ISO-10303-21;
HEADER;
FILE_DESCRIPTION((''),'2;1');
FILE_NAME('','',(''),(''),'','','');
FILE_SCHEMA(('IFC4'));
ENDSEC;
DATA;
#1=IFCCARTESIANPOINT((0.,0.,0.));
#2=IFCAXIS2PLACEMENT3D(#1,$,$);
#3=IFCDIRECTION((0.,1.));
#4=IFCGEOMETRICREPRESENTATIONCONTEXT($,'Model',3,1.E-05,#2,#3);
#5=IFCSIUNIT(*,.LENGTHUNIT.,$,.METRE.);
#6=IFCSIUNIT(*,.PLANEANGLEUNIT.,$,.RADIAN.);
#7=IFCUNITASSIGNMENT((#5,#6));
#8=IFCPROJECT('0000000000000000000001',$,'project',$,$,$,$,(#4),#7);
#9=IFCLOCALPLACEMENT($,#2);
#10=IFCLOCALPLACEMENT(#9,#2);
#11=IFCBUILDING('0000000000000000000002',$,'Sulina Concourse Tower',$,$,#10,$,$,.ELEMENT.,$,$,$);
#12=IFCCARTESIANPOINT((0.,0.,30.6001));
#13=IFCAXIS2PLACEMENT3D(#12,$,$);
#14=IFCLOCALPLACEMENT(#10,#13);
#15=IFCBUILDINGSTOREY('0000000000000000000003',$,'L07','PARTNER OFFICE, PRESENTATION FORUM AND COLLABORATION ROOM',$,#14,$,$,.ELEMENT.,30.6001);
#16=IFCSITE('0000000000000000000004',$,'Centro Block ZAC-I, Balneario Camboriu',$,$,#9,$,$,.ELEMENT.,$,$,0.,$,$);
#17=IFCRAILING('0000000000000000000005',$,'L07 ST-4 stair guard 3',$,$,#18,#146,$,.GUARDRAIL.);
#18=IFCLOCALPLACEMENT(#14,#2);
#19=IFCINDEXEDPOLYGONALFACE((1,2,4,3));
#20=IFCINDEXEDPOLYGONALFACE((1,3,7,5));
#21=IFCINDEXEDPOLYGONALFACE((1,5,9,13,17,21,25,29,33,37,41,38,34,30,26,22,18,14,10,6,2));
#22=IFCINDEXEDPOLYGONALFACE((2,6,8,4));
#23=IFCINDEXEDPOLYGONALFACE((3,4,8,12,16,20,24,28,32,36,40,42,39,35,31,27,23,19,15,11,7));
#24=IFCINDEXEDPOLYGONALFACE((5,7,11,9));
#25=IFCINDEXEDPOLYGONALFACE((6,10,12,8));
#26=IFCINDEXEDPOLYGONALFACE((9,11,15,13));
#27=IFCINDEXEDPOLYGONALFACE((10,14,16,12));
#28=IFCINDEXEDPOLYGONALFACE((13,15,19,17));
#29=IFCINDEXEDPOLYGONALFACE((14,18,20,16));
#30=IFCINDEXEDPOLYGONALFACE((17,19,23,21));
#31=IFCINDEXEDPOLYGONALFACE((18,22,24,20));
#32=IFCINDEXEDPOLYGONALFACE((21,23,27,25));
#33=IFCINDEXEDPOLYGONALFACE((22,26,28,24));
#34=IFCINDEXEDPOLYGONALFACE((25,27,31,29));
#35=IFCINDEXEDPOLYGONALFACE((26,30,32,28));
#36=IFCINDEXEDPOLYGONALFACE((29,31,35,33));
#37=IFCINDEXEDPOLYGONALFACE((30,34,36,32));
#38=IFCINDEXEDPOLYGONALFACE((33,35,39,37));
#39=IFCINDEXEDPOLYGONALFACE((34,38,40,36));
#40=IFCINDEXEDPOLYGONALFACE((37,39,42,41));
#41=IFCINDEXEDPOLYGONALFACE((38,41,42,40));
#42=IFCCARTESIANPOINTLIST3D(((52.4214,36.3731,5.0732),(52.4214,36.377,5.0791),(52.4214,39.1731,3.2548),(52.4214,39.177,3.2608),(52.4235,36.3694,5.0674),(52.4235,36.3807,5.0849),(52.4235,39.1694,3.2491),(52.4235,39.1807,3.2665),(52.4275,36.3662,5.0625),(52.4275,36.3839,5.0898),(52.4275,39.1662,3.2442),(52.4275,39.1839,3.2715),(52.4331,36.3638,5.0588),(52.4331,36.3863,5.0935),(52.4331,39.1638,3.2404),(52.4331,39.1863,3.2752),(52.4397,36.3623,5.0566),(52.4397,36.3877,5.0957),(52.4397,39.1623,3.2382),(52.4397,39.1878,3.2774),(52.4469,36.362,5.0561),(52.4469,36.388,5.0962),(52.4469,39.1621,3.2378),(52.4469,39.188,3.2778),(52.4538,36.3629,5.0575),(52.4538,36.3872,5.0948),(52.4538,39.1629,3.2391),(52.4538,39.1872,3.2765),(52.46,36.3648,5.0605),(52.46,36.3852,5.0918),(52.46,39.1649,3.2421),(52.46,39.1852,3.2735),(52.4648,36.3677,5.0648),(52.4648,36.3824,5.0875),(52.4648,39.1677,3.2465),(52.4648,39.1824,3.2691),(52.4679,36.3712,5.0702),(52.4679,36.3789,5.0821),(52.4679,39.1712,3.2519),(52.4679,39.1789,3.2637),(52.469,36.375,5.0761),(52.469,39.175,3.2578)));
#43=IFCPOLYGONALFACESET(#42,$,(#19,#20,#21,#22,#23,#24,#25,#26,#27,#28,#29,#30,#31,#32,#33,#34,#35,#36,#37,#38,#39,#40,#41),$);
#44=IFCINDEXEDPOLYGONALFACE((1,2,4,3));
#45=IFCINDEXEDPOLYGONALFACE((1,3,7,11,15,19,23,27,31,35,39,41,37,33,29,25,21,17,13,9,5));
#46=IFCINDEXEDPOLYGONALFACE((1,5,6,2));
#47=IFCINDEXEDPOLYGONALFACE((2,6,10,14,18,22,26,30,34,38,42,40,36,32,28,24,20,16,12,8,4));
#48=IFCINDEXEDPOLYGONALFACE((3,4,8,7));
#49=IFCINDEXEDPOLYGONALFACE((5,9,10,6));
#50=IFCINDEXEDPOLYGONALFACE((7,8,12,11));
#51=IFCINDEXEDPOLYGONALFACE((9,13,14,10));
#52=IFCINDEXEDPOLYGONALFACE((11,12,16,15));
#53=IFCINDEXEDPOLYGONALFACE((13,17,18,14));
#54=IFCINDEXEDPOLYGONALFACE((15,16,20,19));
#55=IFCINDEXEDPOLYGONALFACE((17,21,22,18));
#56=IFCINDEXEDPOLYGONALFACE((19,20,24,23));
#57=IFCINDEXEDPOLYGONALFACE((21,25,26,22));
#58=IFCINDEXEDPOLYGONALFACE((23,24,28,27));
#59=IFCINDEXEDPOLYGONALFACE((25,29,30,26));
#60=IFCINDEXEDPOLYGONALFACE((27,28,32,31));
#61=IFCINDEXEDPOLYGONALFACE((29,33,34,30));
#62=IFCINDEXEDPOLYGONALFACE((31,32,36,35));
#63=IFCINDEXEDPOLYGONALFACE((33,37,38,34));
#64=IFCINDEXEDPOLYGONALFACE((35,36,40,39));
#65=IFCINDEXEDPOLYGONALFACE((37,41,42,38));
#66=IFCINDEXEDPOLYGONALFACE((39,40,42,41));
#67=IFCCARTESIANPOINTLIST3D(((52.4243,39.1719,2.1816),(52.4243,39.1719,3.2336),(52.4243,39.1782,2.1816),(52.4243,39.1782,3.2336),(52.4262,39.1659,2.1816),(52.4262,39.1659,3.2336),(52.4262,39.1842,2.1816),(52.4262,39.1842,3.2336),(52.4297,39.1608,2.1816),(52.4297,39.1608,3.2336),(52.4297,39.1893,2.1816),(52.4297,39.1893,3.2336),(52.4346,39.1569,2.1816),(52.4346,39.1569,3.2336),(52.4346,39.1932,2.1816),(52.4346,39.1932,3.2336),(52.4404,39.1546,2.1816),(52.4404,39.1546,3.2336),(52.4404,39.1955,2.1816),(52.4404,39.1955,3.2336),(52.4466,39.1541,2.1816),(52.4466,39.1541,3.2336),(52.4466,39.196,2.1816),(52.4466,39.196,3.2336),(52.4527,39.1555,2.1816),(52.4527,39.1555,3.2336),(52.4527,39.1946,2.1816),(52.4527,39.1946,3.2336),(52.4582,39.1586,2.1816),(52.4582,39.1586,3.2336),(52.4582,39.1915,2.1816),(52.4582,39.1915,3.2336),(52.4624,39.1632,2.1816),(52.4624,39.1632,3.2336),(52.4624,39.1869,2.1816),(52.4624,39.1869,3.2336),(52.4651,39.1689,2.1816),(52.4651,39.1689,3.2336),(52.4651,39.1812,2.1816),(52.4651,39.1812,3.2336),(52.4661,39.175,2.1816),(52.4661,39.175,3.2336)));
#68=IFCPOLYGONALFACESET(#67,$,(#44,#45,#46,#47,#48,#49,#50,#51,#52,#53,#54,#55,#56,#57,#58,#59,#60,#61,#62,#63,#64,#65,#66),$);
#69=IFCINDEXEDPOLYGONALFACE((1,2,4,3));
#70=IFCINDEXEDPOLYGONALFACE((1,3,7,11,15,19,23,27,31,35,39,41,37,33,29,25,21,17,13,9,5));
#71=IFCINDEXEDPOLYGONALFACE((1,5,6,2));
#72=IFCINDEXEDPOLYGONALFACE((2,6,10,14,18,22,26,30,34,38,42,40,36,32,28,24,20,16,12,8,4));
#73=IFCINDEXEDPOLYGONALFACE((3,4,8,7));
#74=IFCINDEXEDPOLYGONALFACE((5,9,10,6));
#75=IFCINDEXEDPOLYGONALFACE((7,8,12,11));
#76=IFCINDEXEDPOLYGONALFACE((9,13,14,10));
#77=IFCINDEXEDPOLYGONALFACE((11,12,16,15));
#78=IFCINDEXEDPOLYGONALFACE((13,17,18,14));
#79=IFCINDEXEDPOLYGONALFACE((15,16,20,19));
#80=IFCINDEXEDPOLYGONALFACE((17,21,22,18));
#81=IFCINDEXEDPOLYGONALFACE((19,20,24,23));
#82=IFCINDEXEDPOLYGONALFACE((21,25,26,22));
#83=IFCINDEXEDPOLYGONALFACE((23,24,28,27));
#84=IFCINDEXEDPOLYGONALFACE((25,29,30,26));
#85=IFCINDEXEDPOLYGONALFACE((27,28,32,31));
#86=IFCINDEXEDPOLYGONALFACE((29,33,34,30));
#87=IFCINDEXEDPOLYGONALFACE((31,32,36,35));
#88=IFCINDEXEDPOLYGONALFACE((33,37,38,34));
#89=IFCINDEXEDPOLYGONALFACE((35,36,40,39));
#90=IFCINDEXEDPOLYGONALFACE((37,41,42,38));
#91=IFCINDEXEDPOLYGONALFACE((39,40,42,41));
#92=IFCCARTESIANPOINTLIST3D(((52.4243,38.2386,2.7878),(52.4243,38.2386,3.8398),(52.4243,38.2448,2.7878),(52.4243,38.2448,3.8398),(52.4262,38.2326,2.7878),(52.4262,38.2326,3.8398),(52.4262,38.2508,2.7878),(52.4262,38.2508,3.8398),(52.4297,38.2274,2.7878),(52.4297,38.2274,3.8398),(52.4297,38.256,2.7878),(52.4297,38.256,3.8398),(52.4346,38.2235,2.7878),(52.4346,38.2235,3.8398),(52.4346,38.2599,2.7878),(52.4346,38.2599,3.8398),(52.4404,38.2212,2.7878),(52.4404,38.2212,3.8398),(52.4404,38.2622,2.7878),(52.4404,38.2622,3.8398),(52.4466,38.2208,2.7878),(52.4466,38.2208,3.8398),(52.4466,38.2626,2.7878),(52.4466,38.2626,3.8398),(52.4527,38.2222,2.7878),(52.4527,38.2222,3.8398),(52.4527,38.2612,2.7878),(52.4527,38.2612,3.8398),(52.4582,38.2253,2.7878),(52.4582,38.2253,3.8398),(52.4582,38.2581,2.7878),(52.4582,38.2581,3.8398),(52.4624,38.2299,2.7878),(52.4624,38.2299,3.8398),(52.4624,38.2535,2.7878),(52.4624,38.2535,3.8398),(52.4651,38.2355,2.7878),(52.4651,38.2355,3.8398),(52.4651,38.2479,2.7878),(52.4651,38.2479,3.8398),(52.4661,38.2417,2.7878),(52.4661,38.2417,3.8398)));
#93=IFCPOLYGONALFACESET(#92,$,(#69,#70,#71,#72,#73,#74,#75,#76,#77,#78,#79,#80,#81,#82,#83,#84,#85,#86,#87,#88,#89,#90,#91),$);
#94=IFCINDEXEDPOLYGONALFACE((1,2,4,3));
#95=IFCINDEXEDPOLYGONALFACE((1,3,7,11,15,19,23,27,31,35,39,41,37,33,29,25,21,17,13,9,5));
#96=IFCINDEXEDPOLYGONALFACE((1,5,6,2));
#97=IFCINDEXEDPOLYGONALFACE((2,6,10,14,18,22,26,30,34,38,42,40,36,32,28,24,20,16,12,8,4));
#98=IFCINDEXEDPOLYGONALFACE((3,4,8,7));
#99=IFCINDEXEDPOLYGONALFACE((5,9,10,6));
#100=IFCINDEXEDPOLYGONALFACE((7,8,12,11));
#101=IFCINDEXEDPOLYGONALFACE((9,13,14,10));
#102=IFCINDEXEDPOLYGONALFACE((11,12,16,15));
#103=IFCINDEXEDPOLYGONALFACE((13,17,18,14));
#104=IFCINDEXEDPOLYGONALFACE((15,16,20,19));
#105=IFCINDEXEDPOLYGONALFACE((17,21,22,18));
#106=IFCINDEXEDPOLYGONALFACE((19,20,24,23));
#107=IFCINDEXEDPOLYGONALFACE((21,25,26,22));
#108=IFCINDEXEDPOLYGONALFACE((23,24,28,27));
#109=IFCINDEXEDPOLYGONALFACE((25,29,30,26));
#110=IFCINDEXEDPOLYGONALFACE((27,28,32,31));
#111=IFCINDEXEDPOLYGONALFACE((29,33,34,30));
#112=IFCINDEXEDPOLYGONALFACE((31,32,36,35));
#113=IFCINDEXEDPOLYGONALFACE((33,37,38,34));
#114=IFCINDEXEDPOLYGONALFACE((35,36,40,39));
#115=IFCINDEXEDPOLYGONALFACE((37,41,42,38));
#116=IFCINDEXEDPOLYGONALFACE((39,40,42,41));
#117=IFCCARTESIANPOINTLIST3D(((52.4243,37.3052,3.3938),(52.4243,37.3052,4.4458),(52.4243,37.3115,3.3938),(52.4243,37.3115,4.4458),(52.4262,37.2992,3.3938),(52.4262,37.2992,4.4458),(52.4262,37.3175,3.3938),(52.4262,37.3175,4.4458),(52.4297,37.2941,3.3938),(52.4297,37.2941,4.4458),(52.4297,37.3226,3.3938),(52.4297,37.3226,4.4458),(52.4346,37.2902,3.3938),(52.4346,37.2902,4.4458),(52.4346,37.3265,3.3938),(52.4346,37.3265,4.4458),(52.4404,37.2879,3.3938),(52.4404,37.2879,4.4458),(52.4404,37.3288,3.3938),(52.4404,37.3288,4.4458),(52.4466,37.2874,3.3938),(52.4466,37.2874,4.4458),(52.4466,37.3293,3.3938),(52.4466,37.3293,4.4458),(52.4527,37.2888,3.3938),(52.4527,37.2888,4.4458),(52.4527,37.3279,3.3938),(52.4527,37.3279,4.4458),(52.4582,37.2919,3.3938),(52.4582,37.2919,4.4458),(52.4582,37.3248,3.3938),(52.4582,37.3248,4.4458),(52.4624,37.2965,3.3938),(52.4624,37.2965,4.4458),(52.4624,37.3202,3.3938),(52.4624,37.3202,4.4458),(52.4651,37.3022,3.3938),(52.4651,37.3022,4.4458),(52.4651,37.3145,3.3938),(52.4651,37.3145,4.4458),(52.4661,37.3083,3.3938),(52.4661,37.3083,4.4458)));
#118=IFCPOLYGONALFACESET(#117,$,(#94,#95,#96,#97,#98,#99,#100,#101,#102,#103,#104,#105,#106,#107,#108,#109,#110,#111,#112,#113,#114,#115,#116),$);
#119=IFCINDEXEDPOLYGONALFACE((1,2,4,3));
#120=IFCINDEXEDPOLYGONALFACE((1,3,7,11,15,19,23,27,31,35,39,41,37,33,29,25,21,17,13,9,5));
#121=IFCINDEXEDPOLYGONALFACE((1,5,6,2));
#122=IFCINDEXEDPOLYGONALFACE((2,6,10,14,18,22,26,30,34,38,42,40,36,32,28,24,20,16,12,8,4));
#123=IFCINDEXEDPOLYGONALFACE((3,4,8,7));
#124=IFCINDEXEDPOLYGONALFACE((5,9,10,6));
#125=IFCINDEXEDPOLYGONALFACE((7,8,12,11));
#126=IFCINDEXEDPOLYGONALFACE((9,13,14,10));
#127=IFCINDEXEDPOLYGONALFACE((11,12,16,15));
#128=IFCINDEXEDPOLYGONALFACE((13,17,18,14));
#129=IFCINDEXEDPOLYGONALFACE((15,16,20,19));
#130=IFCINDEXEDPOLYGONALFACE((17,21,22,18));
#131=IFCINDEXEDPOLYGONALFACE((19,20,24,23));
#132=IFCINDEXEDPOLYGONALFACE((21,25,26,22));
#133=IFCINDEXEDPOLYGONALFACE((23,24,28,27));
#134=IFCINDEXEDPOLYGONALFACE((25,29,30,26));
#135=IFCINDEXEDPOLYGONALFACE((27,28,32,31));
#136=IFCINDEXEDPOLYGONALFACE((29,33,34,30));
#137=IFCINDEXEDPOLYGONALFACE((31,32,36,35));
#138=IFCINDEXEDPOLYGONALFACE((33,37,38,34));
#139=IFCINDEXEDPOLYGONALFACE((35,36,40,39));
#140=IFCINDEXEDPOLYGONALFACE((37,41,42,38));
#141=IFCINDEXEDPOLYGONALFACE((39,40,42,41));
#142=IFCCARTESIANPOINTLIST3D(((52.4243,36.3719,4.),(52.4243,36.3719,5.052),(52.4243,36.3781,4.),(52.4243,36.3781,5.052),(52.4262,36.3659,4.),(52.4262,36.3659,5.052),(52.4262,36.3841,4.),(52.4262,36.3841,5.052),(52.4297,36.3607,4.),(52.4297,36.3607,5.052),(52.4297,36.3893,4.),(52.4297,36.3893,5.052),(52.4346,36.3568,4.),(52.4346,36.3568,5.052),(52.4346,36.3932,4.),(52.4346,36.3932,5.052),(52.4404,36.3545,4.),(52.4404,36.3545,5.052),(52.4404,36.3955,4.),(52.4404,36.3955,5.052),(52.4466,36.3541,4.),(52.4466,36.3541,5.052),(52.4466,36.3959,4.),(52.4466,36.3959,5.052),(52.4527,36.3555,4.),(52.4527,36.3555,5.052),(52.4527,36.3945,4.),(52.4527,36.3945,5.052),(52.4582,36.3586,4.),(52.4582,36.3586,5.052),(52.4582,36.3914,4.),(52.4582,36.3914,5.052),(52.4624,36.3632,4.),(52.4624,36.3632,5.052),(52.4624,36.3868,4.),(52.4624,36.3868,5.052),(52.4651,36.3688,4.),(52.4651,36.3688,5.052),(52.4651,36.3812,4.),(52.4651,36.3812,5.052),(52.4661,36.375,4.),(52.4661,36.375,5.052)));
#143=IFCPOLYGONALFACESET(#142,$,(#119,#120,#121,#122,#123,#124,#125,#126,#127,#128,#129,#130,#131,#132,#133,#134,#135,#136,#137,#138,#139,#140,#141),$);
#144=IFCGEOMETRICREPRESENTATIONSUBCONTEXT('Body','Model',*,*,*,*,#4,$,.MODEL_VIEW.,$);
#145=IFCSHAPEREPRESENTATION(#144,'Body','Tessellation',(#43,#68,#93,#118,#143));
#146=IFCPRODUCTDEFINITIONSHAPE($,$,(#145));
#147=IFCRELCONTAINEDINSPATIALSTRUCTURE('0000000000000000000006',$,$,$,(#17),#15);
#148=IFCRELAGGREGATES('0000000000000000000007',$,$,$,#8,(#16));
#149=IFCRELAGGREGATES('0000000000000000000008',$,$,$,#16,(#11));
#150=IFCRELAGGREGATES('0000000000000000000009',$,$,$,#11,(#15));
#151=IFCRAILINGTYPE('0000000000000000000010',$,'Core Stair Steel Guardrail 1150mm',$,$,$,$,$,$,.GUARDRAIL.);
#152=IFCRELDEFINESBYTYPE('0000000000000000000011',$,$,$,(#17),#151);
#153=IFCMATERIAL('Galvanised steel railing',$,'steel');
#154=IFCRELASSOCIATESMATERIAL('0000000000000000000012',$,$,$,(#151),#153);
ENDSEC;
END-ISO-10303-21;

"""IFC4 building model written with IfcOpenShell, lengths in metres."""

from ifc_helpers import new_model, si_unit, direction, frame, origin, origin_2d, place, context, subcontext, project, spatial, circle, extrude, material, type_object, element, save


model = new_model("IFC4")

# Units and contexts
model_context = context("Model", 3, precision=1e-05, world=origin(), true_north=direction((0.0, 1.0)))
body_context = subcontext(model_context, "Body", "Model", "MODEL_VIEW")
ifc_project = project(units=[si_unit("LENGTHUNIT", "METRE"), si_unit("PLANEANGLEUNIT", "RADIAN")], contexts=[model_context])

# Site, building, storey
site_placement = place(None, origin())
site = spatial("IfcSite", under=ifc_project, at=site_placement, Name="Centro Block ZAC-I, Balneario Camboriu", CompositionType="ELEMENT", RefElevation=0.0)
building_placement = place(site_placement, origin())
building = spatial("IfcBuilding", under=site, at=building_placement, Name="Sulina Concourse Tower", CompositionType="ELEMENT")
storey_placement = place(building_placement, frame((0.0, 0.0, 30.6001)))
storey = spatial("IfcBuildingStorey", under=building, at=storey_placement, Name="L07", Description="PARTNER OFFICE, PRESENTATION FORUM AND COLLABORATION ROOM", CompositionType="ELEMENT", Elevation=30.6001)

# Railing
ifc_material_1 = material(Name="Galvanised steel railing", Category="steel")
railing_type_1 = type_object("IfcRailingType", Name="Core Stair Steel Guardrail 1150mm", PredefinedType="GUARDRAIL", material=ifc_material_1)
railing_1_placement = place(storey_placement, frame((52.4451, 39.175, 2.1816)))
element("IfcRailing", 1, at=railing_1_placement, inside=storey, type_object=railing_type_1, Name="L07 ST-4 stair guard 3", PredefinedType="GUARDRAIL", context=body_context, shape_type="SweptSolid", body=[
    extrude(circle(Radius=0.0239, at=origin_2d()), frame((0.0, 0.0, 1.0762), z_axis=(0.0, -0.838672, 0.544636), x_axis=(1.0, 0.0, 0.0)), (0.0, 0.0, 1.0), 3.3386),
    extrude(circle(Radius=0.021, at=origin_2d()), origin(), (0.0, 0.0, 1.0), 1.052),
    extrude(circle(Radius=0.021, at=origin_2d()), frame((0.0, -0.9333, 0.6062)), (0.0, 0.0, 1.0), 1.052),
    extrude(circle(Radius=0.021, at=origin_2d()), frame((0.0, -1.8667, 1.2122)), (0.0, 0.0, 1.0), 1.052),
    extrude(circle(Radius=0.021, at=origin_2d()), frame((0.0, -2.8, 1.8184)), (0.0, 0.0, 1.0), 1.052),
])

save(model, "model.ifc")
